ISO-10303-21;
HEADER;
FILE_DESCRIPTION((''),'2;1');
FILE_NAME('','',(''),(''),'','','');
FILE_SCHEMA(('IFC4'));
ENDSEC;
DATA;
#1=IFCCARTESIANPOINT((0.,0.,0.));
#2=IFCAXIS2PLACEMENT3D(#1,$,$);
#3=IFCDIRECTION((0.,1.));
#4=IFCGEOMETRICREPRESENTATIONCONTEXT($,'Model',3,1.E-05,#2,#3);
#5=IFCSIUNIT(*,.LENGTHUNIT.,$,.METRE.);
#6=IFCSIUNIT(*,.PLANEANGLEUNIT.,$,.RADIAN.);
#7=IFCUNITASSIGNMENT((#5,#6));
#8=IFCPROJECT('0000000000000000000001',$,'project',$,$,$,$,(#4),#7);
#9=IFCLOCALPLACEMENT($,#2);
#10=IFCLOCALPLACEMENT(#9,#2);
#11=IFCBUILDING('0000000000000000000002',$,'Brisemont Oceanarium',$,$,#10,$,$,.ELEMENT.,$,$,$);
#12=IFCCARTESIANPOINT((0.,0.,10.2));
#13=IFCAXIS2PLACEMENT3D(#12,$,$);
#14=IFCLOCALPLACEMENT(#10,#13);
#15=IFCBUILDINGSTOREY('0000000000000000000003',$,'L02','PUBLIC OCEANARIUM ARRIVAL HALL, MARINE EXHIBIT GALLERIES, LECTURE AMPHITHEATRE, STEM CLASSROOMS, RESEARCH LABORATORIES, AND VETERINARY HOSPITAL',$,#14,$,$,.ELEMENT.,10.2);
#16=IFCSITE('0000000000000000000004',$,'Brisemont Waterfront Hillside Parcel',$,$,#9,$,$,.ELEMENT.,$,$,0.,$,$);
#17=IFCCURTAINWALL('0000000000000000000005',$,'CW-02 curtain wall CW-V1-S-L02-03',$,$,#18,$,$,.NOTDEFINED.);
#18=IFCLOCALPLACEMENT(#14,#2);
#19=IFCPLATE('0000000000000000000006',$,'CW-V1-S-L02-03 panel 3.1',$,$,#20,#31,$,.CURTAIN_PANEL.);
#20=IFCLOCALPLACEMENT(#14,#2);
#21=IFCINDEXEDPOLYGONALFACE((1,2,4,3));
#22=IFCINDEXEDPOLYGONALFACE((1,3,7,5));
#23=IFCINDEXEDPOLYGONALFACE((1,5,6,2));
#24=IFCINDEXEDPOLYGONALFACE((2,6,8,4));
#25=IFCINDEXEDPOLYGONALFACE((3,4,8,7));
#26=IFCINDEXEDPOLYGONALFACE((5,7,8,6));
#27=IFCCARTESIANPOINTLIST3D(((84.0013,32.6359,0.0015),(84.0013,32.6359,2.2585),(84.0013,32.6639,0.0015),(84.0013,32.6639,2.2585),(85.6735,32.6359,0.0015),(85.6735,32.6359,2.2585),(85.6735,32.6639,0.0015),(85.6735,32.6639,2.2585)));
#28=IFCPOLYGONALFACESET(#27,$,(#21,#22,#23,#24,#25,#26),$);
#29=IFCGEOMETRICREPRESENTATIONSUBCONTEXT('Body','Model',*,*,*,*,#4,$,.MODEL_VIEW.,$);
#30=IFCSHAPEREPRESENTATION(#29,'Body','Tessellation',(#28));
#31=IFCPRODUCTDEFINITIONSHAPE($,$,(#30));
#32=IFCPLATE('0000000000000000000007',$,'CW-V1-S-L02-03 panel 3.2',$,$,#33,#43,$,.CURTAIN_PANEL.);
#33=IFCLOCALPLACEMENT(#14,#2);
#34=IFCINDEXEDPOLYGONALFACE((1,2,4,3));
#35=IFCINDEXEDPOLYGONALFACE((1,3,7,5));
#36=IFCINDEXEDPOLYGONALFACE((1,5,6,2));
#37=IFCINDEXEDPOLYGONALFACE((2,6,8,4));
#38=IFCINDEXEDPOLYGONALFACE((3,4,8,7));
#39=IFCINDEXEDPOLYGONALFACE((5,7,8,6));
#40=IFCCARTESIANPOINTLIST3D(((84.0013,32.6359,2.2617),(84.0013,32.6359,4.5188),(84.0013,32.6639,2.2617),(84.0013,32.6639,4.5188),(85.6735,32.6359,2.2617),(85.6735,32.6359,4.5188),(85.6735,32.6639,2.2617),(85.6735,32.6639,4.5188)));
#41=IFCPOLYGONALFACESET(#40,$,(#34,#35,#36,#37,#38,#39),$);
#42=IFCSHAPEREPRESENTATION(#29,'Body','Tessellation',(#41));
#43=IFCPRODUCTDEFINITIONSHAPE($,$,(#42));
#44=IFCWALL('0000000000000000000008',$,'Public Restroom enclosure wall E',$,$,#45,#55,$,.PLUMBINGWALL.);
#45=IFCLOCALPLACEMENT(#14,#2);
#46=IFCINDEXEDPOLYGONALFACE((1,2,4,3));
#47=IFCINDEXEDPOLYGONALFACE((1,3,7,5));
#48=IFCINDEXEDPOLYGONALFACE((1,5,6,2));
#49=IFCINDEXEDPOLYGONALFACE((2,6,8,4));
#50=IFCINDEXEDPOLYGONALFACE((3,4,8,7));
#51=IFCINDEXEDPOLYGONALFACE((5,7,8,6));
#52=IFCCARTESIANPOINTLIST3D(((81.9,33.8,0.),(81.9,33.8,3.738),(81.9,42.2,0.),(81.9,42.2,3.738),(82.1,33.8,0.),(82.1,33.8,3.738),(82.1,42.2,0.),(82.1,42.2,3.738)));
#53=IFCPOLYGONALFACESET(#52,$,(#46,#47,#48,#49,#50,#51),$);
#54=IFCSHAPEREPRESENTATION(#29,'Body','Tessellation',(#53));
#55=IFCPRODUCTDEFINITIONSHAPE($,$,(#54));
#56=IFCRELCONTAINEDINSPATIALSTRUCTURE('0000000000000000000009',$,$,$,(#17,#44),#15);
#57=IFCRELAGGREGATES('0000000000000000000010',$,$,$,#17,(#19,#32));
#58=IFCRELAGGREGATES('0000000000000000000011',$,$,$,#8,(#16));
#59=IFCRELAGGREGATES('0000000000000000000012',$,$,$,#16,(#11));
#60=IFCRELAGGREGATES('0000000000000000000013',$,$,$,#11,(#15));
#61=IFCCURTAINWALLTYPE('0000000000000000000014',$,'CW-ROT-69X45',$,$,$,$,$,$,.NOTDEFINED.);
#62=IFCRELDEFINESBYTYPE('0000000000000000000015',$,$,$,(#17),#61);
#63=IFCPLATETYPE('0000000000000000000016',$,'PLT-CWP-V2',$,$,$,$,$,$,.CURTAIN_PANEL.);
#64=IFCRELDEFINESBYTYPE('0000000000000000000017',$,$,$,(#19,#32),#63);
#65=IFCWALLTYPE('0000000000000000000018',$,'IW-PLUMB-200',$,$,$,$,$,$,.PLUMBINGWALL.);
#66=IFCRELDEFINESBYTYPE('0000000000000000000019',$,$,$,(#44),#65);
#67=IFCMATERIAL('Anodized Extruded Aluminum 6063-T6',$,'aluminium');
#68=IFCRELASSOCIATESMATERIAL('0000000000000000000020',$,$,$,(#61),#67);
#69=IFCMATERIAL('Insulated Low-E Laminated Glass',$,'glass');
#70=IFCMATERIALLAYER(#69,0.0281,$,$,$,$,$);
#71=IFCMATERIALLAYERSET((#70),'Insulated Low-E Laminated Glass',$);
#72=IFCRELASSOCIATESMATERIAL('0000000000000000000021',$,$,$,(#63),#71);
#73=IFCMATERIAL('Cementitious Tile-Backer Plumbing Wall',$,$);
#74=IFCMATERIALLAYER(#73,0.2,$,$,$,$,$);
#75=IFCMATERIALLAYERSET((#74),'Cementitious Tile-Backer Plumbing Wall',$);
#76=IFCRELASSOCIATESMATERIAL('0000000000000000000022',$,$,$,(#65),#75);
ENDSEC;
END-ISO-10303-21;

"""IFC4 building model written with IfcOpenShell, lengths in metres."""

from ifc_helpers import new_model, si_unit, direction, frame, frame_2d, origin, origin_2d, place, context, subcontext, project, spatial, rectangle, extrude, material, layer, layer_set, type_object, element, aggregate, save


model = new_model("IFC4")

# Units and contexts
model_context = context("Model", 3, precision=1e-05, world=origin(), true_north=direction((0.0, 1.0)))
body_context = subcontext(model_context, "Body", "Model", "MODEL_VIEW")
ifc_project = project(units=[si_unit("LENGTHUNIT", "METRE"), si_unit("PLANEANGLEUNIT", "RADIAN")], contexts=[model_context])

# Site, building, storey
site_placement = place(None, origin())
site = spatial("IfcSite", under=ifc_project, at=site_placement, Name="Brisemont Waterfront Hillside Parcel", CompositionType="ELEMENT", RefElevation=0.0)
building_placement = place(site_placement, origin())
building = spatial("IfcBuilding", under=site, at=building_placement, Name="Brisemont Oceanarium", CompositionType="ELEMENT")
storey_placement = place(building_placement, frame((0.0, 0.0, 10.2)))
storey = spatial("IfcBuildingStorey", under=building, at=storey_placement, Name="L02", Description="PUBLIC OCEANARIUM ARRIVAL HALL, MARINE EXHIBIT GALLERIES, LECTURE AMPHITHEATRE, STEM CLASSROOMS, RESEARCH LABORATORIES, AND VETERINARY HOSPITAL", CompositionType="ELEMENT", Elevation=10.2)

# Shared definitions
ifc_material_1 = material(Name="Anodized Extruded Aluminum 6063-T6", Category="aluminium")
curtain_wall_type = type_object("IfcCurtainWallType", Name="CW-ROT-69X45", PredefinedType="NOTDEFINED", material=ifc_material_1)

# Curtain wall
curtain_wall_1_placement = place(storey_placement, origin())
curtain_wall_1 = element("IfcCurtainWall", 1, at=curtain_wall_1_placement, inside=storey, type_object=curtain_wall_type, Name="CW-02 curtain wall CW-V1-S-L02-03", PredefinedType="NOTDEFINED")

# Plates
ifc_material_2 = material(Name="Insulated Low-E Laminated Glass", Category="glass")
ifc_layer_1 = layer(ifc_material_2, 0.0281)
ifc_layer_set_1 = layer_set([ifc_layer_1], Name="Insulated Low-E Laminated Glass")
plate_type = type_object("IfcPlateType", Name="PLT-CWP-V2", PredefinedType="CURTAIN_PANEL", material=ifc_layer_set_1)
plate_1_placement = place(storey_placement, frame((84.8374, 32.6499, 0.0015), z_axis=(0.0, 0.0, 1.0), x_axis=(1.0, 0.0, 0.0)))
plate_1 = element("IfcPlate", 2, at=plate_1_placement, type_object=plate_type, Name="CW-V1-S-L02-03 panel 3.1", PredefinedType="CURTAIN_PANEL", context=body_context, shape_type="SweptSolid", body=[
    extrude(rectangle(XDim=1.6721, YDim=0.0281, at=origin_2d()), origin(), (0.0, 0.0, 1.0), 2.2571),
])
plate_2_placement = place(storey_placement, frame((84.8374, 32.6499, 2.2617), z_axis=(0.0, 0.0, 1.0), x_axis=(1.0, 0.0, 0.0)))
plate_2 = element("IfcPlate", 3, at=plate_2_placement, type_object=plate_type, Name="CW-V1-S-L02-03 panel 3.2", PredefinedType="CURTAIN_PANEL", context=body_context, shape_type="SweptSolid", body=[
    extrude(rectangle(XDim=1.6721, YDim=0.0281, at=origin_2d()), origin(), (0.0, 0.0, 1.0), 2.2571),
])
aggregate(curtain_wall_1, [plate_1, plate_2])

# Wall
ifc_material_3 = material(Name="Cementitious Tile-Backer Plumbing Wall")
ifc_layer_2 = layer(ifc_material_3, 0.2)
ifc_layer_set_2 = layer_set([ifc_layer_2], Name="Cementitious Tile-Backer Plumbing Wall")
wall_type = type_object("IfcWallType", Name="IW-PLUMB-200", PredefinedType="PLUMBINGWALL", material=ifc_layer_set_2)
wall_placement = place(storey_placement, frame((82.0, 33.8, 0.0), z_axis=(0.0, 0.0, 1.0), x_axis=(0.0, 1.0, 0.0)))
element("IfcWall", 4, at=wall_placement, inside=storey, type_object=wall_type, Name="Public Restroom enclosure wall E", PredefinedType="PLUMBINGWALL", context=body_context, shape_type="SweptSolid", body=[
    extrude(rectangle(XDim=8.3999, YDim=0.2, at=frame_2d((4.2, 0.0))), origin(), (0.0, 0.0, 1.0), 3.738),
])

save(model, "model.ifc")
